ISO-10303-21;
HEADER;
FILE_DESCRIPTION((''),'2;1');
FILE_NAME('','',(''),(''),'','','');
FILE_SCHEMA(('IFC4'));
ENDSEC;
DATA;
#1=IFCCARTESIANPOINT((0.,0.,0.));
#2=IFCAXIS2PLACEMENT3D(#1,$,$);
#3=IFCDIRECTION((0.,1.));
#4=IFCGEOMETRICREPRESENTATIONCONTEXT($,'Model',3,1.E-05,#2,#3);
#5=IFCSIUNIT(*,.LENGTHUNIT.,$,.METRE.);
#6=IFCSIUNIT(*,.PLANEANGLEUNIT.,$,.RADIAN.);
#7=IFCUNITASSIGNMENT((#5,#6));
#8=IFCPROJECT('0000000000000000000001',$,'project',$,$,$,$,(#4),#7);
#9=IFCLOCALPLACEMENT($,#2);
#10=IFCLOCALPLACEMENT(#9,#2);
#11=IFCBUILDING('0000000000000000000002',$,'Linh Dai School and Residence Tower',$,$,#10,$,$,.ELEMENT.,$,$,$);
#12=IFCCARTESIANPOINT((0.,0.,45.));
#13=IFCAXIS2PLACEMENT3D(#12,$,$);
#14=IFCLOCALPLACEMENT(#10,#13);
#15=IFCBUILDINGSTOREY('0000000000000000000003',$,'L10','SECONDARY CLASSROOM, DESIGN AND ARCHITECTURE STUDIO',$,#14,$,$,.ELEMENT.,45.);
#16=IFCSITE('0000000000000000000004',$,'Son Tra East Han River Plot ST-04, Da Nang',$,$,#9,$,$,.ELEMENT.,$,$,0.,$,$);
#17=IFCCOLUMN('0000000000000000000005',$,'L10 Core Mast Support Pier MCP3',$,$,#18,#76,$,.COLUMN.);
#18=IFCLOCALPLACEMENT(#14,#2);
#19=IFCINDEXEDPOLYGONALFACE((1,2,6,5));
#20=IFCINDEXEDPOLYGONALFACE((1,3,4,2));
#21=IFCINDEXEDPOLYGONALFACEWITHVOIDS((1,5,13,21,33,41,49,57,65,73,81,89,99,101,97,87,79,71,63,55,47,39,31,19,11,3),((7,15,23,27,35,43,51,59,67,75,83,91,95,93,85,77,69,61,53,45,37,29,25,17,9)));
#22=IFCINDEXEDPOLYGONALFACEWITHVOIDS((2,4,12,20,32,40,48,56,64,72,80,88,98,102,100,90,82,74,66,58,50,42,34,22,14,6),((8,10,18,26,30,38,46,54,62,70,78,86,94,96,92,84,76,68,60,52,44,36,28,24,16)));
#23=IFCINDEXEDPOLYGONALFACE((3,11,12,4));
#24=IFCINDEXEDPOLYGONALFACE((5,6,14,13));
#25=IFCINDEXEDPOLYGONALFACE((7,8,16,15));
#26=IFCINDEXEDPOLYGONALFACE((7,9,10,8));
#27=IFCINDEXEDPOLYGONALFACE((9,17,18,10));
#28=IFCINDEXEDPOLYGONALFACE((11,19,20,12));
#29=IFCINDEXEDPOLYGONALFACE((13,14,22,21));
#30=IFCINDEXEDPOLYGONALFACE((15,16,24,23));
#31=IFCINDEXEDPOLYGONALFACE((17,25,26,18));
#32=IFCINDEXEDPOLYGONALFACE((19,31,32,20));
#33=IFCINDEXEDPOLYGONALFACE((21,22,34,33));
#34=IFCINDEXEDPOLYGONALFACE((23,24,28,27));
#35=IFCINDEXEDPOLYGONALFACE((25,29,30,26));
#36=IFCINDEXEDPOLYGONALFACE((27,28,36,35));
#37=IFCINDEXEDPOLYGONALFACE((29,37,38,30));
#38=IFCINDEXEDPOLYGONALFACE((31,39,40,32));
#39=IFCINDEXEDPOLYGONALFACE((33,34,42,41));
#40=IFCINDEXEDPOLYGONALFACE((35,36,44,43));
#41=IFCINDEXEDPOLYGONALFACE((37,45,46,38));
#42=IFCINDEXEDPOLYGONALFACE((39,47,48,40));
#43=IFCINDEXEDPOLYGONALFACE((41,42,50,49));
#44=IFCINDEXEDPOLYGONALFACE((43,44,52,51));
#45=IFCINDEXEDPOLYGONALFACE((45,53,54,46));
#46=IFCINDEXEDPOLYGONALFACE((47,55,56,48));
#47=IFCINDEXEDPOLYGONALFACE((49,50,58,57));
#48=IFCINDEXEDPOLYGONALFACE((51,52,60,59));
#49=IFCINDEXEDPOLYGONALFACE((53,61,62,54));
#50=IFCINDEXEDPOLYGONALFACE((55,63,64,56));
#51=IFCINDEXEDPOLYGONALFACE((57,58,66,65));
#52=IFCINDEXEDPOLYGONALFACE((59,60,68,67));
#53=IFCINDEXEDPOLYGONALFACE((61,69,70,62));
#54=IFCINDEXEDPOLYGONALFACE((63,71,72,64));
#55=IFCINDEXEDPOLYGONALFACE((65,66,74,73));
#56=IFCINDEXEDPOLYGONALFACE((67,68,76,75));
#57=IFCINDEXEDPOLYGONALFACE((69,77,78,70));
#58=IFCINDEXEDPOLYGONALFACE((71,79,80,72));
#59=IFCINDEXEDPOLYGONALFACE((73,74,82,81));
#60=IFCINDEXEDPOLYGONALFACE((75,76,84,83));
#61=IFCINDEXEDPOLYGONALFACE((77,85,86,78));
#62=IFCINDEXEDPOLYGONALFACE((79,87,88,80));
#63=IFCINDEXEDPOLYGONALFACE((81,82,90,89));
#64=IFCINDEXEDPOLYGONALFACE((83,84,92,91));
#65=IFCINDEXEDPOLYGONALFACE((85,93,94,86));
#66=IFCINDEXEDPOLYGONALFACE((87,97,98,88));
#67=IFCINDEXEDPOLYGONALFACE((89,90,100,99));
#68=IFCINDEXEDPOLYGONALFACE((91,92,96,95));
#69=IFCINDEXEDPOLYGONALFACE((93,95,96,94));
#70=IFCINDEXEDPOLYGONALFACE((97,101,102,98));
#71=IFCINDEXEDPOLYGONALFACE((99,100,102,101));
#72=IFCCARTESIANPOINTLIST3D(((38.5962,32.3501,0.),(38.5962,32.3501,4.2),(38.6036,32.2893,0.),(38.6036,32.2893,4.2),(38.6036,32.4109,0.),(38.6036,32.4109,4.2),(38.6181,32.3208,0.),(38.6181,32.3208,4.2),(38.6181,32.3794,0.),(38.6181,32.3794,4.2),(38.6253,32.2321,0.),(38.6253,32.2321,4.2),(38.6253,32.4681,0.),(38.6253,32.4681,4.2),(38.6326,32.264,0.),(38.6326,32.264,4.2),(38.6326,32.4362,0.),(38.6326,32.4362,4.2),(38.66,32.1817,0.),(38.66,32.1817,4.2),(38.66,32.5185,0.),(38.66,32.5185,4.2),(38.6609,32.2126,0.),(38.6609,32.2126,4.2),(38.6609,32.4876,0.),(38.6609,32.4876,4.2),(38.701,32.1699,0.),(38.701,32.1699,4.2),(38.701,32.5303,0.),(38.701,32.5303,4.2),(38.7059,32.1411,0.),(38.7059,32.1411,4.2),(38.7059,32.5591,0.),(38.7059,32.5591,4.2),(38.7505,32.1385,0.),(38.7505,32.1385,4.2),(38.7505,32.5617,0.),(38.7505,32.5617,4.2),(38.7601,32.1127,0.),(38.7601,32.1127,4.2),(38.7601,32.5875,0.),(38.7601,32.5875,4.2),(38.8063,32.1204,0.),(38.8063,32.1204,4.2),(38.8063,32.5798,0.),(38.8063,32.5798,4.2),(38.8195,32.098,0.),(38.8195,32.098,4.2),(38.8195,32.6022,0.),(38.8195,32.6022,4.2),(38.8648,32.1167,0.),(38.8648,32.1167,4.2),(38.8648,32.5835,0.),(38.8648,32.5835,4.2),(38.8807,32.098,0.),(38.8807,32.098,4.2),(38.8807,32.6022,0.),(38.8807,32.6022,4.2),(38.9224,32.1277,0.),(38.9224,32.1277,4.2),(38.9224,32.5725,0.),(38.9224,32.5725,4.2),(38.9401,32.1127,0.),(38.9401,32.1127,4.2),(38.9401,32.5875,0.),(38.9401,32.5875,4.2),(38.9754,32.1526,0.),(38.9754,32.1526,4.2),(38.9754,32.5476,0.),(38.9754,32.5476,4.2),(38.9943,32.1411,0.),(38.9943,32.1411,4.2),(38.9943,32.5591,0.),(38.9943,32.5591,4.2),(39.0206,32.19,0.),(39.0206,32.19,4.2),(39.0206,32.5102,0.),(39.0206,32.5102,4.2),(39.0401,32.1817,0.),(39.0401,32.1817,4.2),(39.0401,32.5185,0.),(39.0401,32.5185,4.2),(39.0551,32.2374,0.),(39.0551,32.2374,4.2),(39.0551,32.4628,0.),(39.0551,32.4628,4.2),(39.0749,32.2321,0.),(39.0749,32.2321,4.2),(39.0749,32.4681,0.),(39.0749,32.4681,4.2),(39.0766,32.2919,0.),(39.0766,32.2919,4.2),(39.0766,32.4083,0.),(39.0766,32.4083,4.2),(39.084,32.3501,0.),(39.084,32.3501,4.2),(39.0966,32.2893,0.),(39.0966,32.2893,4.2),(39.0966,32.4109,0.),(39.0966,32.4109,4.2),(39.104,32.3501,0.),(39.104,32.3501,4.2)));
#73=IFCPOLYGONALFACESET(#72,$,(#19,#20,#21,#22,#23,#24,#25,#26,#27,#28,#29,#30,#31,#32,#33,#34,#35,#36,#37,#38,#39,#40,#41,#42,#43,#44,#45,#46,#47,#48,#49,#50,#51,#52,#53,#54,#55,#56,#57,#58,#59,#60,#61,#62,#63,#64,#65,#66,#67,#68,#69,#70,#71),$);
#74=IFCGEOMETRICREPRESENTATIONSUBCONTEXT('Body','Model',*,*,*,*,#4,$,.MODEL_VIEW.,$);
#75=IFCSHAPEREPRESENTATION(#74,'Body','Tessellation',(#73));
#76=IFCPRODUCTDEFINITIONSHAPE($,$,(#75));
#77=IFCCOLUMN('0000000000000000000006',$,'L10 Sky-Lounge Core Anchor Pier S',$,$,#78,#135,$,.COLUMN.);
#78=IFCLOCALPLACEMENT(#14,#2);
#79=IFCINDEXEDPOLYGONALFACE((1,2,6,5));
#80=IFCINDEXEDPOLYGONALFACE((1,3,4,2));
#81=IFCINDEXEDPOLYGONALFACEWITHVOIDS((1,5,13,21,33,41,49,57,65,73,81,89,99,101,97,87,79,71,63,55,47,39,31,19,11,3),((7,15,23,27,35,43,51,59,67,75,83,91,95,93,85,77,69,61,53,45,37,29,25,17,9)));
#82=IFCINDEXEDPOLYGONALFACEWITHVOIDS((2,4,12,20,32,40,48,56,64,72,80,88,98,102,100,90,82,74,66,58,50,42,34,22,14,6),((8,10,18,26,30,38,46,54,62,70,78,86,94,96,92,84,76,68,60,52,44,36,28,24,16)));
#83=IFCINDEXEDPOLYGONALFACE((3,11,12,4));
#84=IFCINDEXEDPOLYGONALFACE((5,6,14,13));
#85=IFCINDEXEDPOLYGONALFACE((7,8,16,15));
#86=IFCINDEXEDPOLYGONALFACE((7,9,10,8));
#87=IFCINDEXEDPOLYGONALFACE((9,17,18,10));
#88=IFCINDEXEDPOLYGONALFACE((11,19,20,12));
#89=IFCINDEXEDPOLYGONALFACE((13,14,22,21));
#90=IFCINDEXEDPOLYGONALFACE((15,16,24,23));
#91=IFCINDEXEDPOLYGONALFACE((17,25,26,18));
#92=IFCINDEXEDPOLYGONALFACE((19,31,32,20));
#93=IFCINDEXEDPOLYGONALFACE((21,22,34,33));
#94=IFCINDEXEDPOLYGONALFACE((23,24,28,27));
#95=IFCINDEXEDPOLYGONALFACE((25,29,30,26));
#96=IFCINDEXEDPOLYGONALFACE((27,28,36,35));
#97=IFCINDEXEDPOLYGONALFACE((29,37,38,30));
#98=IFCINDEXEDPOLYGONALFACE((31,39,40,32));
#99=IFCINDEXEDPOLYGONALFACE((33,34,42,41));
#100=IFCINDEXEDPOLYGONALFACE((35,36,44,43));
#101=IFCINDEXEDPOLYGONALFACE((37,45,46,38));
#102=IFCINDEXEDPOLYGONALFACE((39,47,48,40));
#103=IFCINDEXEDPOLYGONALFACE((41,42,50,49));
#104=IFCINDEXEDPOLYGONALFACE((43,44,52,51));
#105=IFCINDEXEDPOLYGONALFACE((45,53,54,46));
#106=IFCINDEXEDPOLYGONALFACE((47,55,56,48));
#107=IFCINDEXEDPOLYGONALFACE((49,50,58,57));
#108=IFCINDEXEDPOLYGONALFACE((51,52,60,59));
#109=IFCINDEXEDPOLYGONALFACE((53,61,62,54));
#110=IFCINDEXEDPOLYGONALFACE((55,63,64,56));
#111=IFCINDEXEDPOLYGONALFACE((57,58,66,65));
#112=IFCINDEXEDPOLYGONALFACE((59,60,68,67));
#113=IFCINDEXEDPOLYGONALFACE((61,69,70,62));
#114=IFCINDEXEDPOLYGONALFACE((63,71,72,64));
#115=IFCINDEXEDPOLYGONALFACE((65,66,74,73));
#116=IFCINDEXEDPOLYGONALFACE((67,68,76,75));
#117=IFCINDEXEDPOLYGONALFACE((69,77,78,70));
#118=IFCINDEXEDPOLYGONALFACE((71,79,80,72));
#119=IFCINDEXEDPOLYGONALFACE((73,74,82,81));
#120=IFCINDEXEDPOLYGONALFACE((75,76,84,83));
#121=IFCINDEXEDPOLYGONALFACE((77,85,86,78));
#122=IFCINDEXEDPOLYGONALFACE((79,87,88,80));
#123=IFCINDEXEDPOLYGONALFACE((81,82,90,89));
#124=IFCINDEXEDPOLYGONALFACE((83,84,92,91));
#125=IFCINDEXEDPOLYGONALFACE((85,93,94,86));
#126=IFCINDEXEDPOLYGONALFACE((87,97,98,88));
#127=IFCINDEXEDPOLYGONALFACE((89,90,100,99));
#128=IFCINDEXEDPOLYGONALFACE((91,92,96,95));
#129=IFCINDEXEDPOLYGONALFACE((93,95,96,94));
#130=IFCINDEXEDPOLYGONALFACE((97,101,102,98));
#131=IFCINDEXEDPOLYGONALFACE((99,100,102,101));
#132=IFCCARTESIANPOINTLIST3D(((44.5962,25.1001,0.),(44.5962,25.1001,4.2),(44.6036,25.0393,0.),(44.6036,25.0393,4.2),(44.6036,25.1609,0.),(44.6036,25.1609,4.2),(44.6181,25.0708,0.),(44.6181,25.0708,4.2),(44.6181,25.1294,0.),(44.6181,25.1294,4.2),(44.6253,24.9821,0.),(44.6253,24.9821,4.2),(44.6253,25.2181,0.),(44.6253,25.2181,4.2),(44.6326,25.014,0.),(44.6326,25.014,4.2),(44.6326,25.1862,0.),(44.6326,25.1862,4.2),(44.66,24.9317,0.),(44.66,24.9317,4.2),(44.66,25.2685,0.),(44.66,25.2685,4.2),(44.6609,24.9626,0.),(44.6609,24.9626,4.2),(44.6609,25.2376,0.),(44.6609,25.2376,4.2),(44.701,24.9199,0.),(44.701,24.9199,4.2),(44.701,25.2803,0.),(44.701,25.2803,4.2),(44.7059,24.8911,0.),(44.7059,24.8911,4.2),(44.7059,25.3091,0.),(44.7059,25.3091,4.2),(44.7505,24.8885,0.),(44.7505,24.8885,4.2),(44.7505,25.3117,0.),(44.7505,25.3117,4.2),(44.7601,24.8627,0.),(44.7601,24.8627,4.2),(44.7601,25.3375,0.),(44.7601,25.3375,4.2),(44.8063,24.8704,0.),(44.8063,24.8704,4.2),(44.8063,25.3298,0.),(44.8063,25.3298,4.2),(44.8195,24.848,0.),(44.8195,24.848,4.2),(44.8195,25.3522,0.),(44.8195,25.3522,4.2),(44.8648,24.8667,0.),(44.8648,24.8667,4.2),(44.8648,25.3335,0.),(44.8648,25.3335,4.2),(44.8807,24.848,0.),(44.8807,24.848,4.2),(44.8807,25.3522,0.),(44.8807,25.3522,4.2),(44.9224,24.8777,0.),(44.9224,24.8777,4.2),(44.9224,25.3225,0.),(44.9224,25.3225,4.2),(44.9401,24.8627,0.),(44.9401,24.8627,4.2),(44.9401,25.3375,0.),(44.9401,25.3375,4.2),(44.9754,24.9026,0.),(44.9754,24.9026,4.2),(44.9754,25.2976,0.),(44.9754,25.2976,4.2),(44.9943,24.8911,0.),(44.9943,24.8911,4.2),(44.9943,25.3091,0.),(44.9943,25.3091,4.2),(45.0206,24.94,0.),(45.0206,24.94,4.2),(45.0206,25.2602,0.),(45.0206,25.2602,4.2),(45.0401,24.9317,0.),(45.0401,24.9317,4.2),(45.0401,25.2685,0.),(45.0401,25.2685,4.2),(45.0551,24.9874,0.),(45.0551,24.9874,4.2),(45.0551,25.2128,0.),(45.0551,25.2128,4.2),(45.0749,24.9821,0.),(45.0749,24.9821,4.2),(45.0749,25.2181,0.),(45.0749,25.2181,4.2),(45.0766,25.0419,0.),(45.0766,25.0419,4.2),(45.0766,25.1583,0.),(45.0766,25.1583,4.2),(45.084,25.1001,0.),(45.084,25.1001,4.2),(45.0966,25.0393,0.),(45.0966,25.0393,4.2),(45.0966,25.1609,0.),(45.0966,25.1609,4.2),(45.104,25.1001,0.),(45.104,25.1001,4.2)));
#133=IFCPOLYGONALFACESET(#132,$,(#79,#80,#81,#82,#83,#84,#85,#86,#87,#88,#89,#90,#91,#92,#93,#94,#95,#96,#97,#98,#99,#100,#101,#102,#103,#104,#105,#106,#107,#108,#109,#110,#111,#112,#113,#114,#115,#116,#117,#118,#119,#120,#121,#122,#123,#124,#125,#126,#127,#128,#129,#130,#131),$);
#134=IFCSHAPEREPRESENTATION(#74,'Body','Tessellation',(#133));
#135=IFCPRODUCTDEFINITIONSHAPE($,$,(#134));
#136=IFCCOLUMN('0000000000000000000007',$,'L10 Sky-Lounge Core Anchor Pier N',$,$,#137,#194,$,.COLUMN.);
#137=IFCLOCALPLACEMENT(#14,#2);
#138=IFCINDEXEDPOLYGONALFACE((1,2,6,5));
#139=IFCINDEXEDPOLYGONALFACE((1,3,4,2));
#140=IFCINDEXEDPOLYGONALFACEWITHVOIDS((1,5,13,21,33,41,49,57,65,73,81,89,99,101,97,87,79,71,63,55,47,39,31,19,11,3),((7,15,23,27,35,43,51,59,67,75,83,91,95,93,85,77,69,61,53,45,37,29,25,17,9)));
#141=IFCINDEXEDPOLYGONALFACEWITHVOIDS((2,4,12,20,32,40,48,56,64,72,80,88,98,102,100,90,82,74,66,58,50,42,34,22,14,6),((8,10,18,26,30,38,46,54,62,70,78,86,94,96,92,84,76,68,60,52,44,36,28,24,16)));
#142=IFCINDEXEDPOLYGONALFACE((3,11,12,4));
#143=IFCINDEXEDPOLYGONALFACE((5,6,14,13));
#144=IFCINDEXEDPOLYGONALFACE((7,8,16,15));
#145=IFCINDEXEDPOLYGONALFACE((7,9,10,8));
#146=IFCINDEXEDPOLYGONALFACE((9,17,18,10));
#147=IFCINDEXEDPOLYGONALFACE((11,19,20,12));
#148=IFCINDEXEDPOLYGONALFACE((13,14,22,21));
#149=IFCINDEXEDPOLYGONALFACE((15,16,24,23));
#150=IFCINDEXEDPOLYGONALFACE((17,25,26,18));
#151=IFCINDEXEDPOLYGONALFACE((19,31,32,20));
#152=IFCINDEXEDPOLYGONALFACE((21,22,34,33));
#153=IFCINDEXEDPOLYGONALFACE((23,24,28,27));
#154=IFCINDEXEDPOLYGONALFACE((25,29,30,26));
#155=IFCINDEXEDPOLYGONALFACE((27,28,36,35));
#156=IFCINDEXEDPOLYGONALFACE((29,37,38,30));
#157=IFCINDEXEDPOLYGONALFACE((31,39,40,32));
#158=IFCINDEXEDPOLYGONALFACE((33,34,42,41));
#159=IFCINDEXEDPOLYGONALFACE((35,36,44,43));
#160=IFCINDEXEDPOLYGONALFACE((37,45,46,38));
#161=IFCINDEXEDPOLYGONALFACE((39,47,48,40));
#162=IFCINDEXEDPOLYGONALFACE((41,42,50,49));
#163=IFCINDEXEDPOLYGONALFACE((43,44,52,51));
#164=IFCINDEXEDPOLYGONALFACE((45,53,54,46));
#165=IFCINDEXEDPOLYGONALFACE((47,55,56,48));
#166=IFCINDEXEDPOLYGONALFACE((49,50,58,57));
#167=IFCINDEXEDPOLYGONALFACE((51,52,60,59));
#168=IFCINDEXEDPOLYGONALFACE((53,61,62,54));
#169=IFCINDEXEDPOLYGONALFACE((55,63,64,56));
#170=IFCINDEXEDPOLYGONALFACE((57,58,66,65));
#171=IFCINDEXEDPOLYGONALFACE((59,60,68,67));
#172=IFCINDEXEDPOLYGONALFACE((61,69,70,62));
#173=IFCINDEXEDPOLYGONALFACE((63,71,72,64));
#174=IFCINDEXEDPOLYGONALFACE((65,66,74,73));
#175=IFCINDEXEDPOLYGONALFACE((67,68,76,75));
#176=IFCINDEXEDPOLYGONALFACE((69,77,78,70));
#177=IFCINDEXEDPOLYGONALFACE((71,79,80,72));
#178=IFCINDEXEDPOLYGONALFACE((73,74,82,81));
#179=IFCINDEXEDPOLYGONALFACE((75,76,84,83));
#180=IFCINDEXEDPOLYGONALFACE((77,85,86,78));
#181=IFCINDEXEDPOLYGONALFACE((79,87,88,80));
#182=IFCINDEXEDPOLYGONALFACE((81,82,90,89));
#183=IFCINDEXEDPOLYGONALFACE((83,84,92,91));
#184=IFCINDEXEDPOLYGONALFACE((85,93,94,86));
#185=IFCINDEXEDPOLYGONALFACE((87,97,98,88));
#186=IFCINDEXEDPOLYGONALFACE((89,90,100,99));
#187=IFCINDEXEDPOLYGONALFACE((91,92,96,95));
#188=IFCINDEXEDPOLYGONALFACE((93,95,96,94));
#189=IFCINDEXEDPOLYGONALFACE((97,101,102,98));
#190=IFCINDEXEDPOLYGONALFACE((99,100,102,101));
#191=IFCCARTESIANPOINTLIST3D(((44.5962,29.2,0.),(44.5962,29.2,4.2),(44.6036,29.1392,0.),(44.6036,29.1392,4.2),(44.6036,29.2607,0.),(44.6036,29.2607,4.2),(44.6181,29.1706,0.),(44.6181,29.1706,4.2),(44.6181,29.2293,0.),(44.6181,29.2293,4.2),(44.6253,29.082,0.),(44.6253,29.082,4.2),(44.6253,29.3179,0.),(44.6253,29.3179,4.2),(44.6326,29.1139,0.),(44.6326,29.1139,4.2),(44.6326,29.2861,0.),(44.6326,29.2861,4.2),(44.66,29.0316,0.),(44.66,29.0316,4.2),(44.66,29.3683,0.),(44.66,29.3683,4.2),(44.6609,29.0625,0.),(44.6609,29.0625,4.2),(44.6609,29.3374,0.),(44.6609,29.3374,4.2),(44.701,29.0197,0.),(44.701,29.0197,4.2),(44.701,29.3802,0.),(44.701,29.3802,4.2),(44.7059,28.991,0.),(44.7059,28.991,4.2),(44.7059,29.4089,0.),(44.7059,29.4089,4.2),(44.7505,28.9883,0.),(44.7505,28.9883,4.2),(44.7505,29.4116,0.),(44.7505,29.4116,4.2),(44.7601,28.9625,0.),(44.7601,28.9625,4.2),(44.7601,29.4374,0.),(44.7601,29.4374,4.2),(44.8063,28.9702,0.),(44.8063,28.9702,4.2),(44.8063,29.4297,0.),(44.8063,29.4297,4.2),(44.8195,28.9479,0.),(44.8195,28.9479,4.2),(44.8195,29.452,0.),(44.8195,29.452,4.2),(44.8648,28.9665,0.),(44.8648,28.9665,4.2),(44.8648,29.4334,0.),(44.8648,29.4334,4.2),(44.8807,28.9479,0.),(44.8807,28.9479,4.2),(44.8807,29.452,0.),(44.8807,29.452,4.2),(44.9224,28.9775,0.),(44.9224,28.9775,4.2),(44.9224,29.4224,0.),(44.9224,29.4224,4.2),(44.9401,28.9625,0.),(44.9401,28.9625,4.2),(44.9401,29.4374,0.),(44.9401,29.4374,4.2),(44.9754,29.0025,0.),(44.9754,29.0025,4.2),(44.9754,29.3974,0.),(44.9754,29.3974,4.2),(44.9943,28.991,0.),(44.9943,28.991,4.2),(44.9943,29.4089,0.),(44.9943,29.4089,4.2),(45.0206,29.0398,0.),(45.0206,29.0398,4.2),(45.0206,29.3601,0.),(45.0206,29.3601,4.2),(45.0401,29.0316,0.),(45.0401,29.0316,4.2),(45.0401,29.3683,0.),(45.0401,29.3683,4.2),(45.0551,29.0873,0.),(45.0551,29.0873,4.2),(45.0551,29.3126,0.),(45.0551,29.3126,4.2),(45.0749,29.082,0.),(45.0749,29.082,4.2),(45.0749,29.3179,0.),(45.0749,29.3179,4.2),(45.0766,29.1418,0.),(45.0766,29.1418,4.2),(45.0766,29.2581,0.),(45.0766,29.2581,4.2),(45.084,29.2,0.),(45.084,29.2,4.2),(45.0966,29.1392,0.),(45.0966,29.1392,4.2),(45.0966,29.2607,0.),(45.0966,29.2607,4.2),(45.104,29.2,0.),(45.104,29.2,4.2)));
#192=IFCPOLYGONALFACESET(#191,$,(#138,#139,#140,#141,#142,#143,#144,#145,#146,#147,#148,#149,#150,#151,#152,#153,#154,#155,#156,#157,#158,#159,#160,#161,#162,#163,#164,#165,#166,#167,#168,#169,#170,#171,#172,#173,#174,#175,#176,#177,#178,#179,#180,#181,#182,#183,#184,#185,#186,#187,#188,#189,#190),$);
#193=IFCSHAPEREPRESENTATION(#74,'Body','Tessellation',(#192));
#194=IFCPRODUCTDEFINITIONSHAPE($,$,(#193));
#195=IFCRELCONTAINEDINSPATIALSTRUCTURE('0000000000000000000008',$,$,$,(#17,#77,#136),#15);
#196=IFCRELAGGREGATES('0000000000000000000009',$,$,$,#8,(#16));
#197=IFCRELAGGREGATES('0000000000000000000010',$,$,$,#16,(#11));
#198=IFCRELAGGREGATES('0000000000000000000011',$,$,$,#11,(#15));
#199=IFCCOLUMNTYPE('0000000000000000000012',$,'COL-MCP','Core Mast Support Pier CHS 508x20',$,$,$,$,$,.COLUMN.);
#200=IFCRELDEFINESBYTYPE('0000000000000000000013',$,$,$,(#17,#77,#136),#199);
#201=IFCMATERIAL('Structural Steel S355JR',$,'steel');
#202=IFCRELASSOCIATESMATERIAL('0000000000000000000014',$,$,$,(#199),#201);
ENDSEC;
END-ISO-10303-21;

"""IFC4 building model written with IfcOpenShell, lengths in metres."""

from ifc_helpers import new_model, si_unit, direction, frame, origin, origin_2d, place, context, subcontext, project, spatial, hollow_circle, extrude, material, material_profile, profile_set, type_object, element, save


model = new_model("IFC4")

# Units and contexts
model_context = context("Model", 3, precision=1e-05, world=origin(), true_north=direction((0.0, 1.0)))
body_context = subcontext(model_context, "Body", "Model", "MODEL_VIEW")
ifc_project = project(units=[si_unit("LENGTHUNIT", "METRE"), si_unit("PLANEANGLEUNIT", "RADIAN")], contexts=[model_context])

# Site, building, storey
site_placement = place(None, origin())
site = spatial("IfcSite", under=ifc_project, at=site_placement, Name="Son Tra East Han River Plot ST-04, Da Nang", CompositionType="ELEMENT", RefElevation=0.0)
building_placement = place(site_placement, origin())
building = spatial("IfcBuilding", under=site, at=building_placement, Name="Linh Dai School and Residence Tower", CompositionType="ELEMENT")
storey_placement = place(building_placement, frame((0.0, 0.0, 45.0)))
storey = spatial("IfcBuildingStorey", under=building, at=storey_placement, Name="L10", Description="SECONDARY CLASSROOM, DESIGN AND ARCHITECTURE STUDIO", CompositionType="ELEMENT", Elevation=45.0)

# Columns
ifc_material_1 = material(Name="Structural Steel S355JR", Category="steel")
ifc_material_profile_1 = material_profile(ifc_material_1, hollow_circle(Radius=0.2539, WallThickness=0.02, at=origin_2d()), Name="CHS 508x20")
ifc_profile_set_1 = profile_set([ifc_material_profile_1], Name="Structural Steel S355JR")
column_type_1 = type_object("IfcColumnType", Name="COL-MCP", Description="Core Mast Support Pier CHS 508x20", PredefinedType="COLUMN", material=ifc_profile_set_1)
for number, where, z_axis, x_axis, name in (
    (1, (38.8501, 32.3501, 0.0), (0.0, 0.0, 1.0), (1.0, 0.0, 0.0), "L10 Core Mast Support Pier MCP3"),
    (2, (44.8501, 25.1001, 0.0), (0.0, 0.0, 1.0), (1.0, 0.0, 0.0), "L10 Sky-Lounge Core Anchor Pier S"),
    (3, (44.8501, 29.2, 0.0), (0.0, 0.0, 1.0), (1.0, 0.0, 0.0), "L10 Sky-Lounge Core Anchor Pier N"),
):
    element("IfcColumn", number, at=place(storey_placement, frame(where, z_axis=z_axis, x_axis=x_axis)), inside=storey, type_object=column_type_1, Name=name, PredefinedType="COLUMN", context=body_context, shape_type="SweptSolid", body=[
        extrude(hollow_circle(Radius=0.2539, WallThickness=0.02, at=origin_2d()), origin(), (0.0, 0.0, 1.0), 4.2),
    ])

save(model, "model.ifc")
